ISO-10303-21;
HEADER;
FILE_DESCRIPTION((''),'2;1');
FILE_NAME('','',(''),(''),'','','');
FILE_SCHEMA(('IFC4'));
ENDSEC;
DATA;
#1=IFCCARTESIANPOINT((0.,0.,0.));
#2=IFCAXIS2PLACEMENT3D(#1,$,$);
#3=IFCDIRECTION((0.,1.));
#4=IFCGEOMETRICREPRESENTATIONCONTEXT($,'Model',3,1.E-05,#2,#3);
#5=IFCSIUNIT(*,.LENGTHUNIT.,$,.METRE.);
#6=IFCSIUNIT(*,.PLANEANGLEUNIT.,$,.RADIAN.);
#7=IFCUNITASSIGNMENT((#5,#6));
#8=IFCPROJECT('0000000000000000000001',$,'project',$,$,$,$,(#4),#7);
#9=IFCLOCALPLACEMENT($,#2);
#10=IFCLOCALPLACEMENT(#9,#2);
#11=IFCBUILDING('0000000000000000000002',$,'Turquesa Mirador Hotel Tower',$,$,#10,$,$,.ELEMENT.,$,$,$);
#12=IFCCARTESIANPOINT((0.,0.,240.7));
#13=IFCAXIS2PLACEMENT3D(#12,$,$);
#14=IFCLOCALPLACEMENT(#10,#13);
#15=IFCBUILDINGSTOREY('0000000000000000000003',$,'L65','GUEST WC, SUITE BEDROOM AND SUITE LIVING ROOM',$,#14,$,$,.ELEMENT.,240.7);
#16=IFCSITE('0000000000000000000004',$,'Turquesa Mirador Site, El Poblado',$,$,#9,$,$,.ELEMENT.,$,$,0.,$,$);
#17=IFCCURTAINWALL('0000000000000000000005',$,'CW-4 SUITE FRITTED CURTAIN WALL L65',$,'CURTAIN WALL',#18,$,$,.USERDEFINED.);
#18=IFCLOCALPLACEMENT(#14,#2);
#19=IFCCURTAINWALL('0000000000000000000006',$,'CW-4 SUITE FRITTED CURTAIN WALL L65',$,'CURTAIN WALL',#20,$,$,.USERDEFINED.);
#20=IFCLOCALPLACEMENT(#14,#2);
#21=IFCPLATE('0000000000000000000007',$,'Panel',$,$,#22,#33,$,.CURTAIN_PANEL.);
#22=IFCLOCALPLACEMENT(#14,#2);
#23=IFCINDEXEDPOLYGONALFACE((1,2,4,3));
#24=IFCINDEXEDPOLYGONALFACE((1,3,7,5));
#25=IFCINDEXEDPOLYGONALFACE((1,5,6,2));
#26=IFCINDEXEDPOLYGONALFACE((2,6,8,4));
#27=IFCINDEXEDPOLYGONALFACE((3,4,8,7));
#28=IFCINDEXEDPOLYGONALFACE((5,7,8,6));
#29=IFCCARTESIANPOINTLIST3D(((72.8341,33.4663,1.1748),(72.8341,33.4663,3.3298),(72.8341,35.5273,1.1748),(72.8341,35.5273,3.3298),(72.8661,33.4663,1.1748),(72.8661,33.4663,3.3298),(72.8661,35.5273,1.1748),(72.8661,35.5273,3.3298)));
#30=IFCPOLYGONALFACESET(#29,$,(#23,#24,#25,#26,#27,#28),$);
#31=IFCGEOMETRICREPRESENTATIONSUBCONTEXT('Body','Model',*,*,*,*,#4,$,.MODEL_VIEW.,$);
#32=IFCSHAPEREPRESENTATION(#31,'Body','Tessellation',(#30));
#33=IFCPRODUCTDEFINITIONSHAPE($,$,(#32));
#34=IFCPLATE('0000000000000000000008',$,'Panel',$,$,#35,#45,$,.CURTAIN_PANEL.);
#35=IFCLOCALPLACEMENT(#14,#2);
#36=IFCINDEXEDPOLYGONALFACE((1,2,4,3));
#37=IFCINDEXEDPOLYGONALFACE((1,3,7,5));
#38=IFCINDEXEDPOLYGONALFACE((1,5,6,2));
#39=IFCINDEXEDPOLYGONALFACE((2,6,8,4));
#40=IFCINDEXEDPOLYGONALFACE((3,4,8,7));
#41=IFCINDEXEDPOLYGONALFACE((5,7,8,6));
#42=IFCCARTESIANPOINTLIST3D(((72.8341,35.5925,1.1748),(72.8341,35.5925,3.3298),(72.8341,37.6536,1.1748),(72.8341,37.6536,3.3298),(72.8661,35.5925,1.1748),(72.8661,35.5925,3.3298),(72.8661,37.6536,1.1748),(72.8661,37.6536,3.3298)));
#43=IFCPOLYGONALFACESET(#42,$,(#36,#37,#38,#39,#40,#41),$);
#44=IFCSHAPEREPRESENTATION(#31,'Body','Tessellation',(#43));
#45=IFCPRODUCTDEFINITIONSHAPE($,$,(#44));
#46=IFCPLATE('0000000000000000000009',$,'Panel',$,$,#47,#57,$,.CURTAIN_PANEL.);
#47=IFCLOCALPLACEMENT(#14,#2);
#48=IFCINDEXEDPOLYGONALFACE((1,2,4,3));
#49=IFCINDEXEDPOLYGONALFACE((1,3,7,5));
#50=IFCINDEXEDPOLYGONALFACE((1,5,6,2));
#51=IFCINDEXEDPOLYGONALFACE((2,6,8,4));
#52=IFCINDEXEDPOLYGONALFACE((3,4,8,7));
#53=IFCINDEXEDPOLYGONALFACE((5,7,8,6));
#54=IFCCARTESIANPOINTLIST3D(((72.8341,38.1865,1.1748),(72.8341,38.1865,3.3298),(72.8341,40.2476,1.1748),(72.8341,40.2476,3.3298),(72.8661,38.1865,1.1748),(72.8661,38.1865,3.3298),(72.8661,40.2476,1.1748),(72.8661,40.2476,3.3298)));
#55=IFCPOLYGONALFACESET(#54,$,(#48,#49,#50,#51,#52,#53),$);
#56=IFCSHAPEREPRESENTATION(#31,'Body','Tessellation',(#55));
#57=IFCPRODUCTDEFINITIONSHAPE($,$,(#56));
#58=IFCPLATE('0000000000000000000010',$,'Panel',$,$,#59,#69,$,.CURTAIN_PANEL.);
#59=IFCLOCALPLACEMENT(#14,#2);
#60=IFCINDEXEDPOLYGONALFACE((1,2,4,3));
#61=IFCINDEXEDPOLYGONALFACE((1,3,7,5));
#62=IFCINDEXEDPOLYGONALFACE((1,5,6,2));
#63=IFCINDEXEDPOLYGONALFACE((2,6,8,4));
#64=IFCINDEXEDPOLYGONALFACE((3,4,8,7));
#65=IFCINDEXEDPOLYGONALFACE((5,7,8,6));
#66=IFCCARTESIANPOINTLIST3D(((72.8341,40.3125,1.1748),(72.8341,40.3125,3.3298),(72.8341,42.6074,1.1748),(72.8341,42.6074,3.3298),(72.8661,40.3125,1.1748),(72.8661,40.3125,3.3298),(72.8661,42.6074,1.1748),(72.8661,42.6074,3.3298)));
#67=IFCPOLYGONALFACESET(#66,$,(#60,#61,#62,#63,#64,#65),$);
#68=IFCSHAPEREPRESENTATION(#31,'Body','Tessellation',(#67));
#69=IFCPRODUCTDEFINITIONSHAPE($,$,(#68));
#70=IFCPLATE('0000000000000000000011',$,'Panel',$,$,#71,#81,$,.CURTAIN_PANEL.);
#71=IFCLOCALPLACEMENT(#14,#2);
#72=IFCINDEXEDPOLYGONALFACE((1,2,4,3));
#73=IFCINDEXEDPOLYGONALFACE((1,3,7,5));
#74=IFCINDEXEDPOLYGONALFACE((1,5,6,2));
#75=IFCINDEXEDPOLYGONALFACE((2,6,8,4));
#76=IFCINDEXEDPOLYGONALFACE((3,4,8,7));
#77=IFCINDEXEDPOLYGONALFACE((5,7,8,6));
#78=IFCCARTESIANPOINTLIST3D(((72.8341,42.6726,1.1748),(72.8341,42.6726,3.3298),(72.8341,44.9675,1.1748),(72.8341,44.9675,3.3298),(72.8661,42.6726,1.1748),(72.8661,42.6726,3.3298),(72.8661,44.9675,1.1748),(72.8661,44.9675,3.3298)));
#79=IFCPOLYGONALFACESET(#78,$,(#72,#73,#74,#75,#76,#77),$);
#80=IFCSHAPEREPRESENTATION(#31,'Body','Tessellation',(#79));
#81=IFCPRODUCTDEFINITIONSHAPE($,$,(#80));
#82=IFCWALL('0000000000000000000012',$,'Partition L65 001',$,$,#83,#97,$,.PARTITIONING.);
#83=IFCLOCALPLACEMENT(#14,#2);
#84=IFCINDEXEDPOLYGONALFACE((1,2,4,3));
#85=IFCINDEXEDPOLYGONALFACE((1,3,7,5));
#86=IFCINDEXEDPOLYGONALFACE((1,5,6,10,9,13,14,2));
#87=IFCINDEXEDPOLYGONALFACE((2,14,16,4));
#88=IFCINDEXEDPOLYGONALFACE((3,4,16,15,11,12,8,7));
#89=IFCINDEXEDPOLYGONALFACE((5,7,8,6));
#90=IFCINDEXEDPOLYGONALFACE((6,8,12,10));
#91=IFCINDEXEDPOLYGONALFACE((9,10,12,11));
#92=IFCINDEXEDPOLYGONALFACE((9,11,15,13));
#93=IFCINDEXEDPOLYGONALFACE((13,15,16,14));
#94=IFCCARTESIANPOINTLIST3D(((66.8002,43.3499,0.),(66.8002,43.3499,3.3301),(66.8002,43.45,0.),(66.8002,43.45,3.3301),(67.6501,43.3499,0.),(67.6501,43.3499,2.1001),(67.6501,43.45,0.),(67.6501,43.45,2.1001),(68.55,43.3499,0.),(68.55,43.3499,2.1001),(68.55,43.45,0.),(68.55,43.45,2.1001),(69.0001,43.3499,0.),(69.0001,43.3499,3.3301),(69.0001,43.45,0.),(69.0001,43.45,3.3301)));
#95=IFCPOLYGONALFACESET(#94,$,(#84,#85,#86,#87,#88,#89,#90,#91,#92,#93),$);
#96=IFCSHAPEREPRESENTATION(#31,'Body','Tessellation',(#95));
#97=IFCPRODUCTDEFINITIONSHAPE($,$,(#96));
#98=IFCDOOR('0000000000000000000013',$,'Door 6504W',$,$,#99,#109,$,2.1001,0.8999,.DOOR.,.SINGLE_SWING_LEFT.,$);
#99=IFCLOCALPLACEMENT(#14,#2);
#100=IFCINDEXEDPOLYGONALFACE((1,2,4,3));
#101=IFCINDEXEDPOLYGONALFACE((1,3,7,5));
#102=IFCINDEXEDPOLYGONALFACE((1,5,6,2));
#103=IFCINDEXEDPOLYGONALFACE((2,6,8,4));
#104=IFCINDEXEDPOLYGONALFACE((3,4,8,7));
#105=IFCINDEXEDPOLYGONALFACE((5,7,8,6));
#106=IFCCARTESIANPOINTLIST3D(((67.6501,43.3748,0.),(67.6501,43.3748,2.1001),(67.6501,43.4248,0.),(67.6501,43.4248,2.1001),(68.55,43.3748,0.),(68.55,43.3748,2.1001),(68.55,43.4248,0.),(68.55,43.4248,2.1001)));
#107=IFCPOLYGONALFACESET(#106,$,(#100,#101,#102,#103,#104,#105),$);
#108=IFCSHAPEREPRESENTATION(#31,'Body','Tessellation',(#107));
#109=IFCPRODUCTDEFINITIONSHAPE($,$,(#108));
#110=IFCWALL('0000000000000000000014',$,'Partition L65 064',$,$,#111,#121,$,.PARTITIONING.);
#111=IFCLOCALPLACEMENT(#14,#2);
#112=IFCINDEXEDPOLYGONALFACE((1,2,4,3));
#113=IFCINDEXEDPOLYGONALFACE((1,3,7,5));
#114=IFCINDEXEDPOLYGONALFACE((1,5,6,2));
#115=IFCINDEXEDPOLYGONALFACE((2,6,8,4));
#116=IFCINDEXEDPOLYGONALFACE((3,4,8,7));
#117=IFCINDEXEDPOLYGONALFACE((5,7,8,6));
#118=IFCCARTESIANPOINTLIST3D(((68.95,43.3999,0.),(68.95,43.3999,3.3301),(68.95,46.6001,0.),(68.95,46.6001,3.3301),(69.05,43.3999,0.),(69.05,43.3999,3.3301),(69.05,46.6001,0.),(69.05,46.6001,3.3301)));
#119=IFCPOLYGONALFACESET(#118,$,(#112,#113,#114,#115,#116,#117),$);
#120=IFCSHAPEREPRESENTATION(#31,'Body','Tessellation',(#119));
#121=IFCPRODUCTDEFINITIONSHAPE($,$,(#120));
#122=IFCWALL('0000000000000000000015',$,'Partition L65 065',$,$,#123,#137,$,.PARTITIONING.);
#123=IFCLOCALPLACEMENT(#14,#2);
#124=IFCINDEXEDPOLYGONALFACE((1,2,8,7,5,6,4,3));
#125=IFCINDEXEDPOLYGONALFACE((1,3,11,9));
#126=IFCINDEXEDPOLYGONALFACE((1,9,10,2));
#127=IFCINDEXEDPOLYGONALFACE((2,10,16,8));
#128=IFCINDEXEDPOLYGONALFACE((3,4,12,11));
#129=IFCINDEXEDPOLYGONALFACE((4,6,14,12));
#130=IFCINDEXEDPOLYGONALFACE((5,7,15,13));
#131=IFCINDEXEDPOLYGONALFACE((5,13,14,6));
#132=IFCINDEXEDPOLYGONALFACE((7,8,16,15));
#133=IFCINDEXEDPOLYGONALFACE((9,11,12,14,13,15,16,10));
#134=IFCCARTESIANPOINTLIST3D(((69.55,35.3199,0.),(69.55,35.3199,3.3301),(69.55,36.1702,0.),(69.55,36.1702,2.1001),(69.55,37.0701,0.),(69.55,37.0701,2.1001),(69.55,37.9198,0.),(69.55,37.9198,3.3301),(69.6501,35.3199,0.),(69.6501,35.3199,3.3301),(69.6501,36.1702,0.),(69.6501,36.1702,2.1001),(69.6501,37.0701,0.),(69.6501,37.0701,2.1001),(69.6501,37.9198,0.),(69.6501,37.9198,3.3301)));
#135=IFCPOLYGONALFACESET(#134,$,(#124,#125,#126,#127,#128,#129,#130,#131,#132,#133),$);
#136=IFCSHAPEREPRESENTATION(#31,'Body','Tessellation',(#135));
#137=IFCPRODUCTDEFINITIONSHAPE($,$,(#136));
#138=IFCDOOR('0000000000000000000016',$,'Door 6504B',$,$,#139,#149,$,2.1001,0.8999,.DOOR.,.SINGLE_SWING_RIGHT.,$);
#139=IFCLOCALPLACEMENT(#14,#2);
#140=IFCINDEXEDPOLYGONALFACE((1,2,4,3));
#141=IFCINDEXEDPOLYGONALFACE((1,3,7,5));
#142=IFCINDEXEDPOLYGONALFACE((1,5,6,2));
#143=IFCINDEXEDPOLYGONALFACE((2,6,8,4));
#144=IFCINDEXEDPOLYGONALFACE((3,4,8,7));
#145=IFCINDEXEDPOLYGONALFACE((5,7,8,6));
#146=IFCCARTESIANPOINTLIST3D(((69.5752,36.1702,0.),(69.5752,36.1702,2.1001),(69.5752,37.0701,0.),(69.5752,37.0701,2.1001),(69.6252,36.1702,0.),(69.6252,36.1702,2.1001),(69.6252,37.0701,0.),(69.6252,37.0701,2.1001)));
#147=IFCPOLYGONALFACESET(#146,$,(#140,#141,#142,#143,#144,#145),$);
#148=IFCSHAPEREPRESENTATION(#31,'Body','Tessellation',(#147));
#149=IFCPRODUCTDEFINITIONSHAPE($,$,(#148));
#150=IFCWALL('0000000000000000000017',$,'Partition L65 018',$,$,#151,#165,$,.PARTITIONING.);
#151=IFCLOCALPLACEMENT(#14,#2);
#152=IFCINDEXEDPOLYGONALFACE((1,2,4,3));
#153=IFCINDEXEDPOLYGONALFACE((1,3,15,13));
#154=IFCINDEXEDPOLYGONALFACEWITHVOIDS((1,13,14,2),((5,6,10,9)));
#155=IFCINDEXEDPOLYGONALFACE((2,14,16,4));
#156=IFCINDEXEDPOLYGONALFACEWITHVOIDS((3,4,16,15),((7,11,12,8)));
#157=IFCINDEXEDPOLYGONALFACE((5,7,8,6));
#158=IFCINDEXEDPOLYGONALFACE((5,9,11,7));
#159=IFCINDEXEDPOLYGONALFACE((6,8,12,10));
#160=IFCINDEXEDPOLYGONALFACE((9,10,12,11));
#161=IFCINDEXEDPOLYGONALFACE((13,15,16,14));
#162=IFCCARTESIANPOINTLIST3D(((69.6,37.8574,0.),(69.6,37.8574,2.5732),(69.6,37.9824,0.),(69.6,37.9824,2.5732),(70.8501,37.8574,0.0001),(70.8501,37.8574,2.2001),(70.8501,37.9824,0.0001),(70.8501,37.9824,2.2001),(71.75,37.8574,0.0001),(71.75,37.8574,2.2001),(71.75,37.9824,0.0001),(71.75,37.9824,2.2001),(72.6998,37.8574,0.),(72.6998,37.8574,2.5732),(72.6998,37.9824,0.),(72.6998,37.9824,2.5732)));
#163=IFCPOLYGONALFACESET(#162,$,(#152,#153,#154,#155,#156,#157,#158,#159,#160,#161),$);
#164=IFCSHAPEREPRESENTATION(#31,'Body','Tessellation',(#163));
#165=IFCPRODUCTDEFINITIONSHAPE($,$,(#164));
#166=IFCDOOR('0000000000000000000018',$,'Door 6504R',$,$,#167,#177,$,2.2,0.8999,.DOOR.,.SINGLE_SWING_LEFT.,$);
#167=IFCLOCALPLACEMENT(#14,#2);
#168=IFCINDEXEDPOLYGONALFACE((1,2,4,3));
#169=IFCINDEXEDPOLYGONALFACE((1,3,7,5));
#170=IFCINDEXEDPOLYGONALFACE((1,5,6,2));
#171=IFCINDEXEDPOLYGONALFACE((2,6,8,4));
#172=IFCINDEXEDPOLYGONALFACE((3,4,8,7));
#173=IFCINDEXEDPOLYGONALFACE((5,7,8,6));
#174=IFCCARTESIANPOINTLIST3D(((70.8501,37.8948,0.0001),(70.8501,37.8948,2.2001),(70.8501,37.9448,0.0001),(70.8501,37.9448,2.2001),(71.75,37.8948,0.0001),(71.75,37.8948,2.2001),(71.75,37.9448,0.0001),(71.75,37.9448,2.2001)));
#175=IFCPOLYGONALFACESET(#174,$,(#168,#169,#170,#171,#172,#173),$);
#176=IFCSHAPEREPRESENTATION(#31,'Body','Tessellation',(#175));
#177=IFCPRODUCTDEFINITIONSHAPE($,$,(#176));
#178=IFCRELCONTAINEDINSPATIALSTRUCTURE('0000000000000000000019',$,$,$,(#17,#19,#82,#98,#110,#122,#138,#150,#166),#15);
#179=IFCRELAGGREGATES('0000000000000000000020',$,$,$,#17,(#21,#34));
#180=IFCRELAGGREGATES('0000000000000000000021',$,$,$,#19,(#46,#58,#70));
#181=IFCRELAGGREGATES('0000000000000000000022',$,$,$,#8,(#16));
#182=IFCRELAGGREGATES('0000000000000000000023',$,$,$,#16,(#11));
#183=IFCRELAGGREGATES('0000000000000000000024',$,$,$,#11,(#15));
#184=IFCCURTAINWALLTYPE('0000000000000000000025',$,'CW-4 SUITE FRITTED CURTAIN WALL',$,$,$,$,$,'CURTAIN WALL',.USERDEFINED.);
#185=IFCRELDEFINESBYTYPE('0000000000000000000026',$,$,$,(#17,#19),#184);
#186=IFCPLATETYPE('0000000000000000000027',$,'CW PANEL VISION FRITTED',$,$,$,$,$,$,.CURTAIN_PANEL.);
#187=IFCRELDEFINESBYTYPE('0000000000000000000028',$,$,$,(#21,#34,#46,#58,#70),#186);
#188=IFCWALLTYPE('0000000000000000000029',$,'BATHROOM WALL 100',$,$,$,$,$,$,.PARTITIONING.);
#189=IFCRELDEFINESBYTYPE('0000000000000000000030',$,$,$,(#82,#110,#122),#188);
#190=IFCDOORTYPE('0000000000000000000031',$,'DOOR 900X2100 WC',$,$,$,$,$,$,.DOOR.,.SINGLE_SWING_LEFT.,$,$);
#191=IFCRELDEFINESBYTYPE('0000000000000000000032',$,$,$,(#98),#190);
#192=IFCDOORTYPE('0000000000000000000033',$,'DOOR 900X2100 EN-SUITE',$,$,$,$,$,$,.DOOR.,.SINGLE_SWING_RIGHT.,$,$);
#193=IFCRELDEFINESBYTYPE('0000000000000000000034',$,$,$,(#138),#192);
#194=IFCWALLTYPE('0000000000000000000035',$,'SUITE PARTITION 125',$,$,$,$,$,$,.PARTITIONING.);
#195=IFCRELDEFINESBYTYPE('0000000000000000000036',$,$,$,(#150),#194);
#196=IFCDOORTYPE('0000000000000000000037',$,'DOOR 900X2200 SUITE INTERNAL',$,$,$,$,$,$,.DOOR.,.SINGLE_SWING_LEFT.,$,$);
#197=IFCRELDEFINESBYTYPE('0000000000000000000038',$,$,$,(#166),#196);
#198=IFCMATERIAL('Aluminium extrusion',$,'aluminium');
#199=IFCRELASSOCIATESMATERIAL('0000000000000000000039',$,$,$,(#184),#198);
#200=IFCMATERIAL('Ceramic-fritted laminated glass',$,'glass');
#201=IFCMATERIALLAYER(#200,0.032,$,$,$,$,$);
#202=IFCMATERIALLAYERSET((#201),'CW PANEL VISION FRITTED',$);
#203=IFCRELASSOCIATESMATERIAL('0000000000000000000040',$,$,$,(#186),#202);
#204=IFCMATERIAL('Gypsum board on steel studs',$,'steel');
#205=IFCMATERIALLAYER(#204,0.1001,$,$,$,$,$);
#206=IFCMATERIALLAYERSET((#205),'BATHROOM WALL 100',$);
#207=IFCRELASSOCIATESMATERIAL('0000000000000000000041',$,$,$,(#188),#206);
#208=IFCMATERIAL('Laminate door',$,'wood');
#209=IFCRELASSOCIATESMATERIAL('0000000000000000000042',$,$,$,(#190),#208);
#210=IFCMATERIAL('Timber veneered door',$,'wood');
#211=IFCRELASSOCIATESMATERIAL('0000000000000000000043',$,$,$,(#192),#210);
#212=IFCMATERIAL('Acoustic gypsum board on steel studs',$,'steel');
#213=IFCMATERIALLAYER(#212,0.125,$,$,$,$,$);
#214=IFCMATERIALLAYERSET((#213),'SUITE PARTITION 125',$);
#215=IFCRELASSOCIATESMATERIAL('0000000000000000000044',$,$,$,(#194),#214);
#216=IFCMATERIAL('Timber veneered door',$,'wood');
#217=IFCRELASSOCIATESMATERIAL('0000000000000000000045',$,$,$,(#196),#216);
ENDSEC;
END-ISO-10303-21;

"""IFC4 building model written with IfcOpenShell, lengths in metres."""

from ifc_helpers import new_model, si_unit, direction, frame, frame_2d, origin, origin_2d, place, context, subcontext, project, spatial, rectangle, extrude, material, layer, layer_set, type_object, element, fill, aggregate, save


model = new_model("IFC4")

# Units and contexts
model_context = context("Model", 3, precision=1e-05, world=origin(), true_north=direction((0.0, 1.0)))
body_context = subcontext(model_context, "Body", "Model", "MODEL_VIEW")
ifc_project = project(units=[si_unit("LENGTHUNIT", "METRE"), si_unit("PLANEANGLEUNIT", "RADIAN")], contexts=[model_context])

# Site, building, storey
site_placement = place(None, origin())
site = spatial("IfcSite", under=ifc_project, at=site_placement, Name="Turquesa Mirador Site, El Poblado", CompositionType="ELEMENT", RefElevation=0.0)
building_placement = place(site_placement, origin())
building = spatial("IfcBuilding", under=site, at=building_placement, Name="Turquesa Mirador Hotel Tower", CompositionType="ELEMENT")
storey_placement = place(building_placement, frame((0.0, 0.0, 240.7)))
storey = spatial("IfcBuildingStorey", under=building, at=storey_placement, Name="L65", Description="GUEST WC, SUITE BEDROOM AND SUITE LIVING ROOM", CompositionType="ELEMENT", Elevation=240.7)

# Curtain walls
ifc_material_1 = material(Name="Aluminium extrusion", Category="aluminium")
curtain_wall_type = type_object("IfcCurtainWallType", Name="CW-4 SUITE FRITTED CURTAIN WALL", ElementType="CURTAIN WALL", PredefinedType="USERDEFINED", material=ifc_material_1)
curtain_wall_1_placement = place(storey_placement, origin())
curtain_wall_1 = element("IfcCurtainWall", 1, at=curtain_wall_1_placement, inside=storey, type_object=curtain_wall_type, Name="CW-4 SUITE FRITTED CURTAIN WALL L65", ObjectType="CURTAIN WALL", PredefinedType="USERDEFINED")
curtain_wall_2_placement = place(storey_placement, origin())
curtain_wall_2 = element("IfcCurtainWall", 2, at=curtain_wall_2_placement, inside=storey, type_object=curtain_wall_type, Name="CW-4 SUITE FRITTED CURTAIN WALL L65", ObjectType="CURTAIN WALL", PredefinedType="USERDEFINED")

# Plates
ifc_material_2 = material(Name="Ceramic-fritted laminated glass", Category="glass")
ifc_layer_1 = layer(ifc_material_2, 0.032)
ifc_layer_set_1 = layer_set([ifc_layer_1], Name="CW PANEL VISION FRITTED")
plate_type_1 = type_object("IfcPlateType", Name="CW PANEL VISION FRITTED", PredefinedType="CURTAIN_PANEL", material=ifc_layer_set_1)
plate_1_placement = place(storey_placement, frame((72.8501, 34.4968, 1.1748), z_axis=(0.0, 0.0, 1.0), x_axis=(0.0, 1.0, 0.0)))
plate_1 = element("IfcPlate", 3, at=plate_1_placement, type_object=plate_type_1, Name="Panel", PredefinedType="CURTAIN_PANEL", context=body_context, shape_type="SweptSolid", body=[
    extrude(rectangle(XDim=2.061, YDim=0.032, at=origin_2d()), origin(), (0.0, 0.0, 1.0), 2.155),
])
plate_2_placement = place(storey_placement, frame((72.8501, 36.623, 1.1748), z_axis=(0.0, 0.0, 1.0), x_axis=(0.0, 1.0, 0.0)))
plate_2 = element("IfcPlate", 4, at=plate_2_placement, type_object=plate_type_1, Name="Panel", PredefinedType="CURTAIN_PANEL", context=body_context, shape_type="SweptSolid", body=[
    extrude(rectangle(XDim=2.061, YDim=0.032, at=origin_2d()), origin(), (0.0, 0.0, 1.0), 2.155),
])
aggregate(curtain_wall_1, [plate_1, plate_2])
plate_3_placement = place(storey_placement, frame((72.8501, 39.217, 1.1748), z_axis=(0.0, 0.0, 1.0), x_axis=(0.0, 1.0, 0.0)))
plate_3 = element("IfcPlate", 5, at=plate_3_placement, type_object=plate_type_1, Name="Panel", PredefinedType="CURTAIN_PANEL", context=body_context, shape_type="SweptSolid", body=[
    extrude(rectangle(XDim=2.061, YDim=0.032, at=origin_2d()), origin(), (0.0, 0.0, 1.0), 2.155),
])
plate_4_placement = place(storey_placement, frame((72.8501, 41.46, 1.1748), z_axis=(0.0, 0.0, 1.0), x_axis=(0.0, 1.0, 0.0)))
plate_4 = element("IfcPlate", 6, at=plate_4_placement, type_object=plate_type_1, Name="Panel", PredefinedType="CURTAIN_PANEL", context=body_context, shape_type="SweptSolid", body=[
    extrude(rectangle(XDim=2.2949, YDim=0.032, at=origin_2d()), origin(), (0.0, 0.0, 1.0), 2.155),
])
plate_5_placement = place(storey_placement, frame((72.8501, 43.8201, 1.1748), z_axis=(0.0, 0.0, 1.0), x_axis=(0.0, 1.0, 0.0)))
plate_5 = element("IfcPlate", 7, at=plate_5_placement, type_object=plate_type_1, Name="Panel", PredefinedType="CURTAIN_PANEL", context=body_context, shape_type="SweptSolid", body=[
    extrude(rectangle(XDim=2.2949, YDim=0.032, at=origin_2d()), origin(), (0.0, 0.0, 1.0), 2.155),
])
aggregate(curtain_wall_2, [plate_3, plate_4, plate_5])

# Wall, opening, door
ifc_material_3 = material(Name="Gypsum board on steel studs", Category="steel")
ifc_layer_2 = layer(ifc_material_3, 0.1001)
ifc_layer_set_2 = layer_set([ifc_layer_2], Name="BATHROOM WALL 100")
wall_type_1 = type_object("IfcWallType", Name="BATHROOM WALL 100", PredefinedType="PARTITIONING", material=ifc_layer_set_2)
wall_1_placement = place(storey_placement, frame((66.8, 43.3999, 0.0), z_axis=(0.0, 0.0, 1.0), x_axis=(1.0, 0.0, 0.0)))
wall_1 = element("IfcWall", 8, at=wall_1_placement, inside=storey, type_object=wall_type_1, Name="Partition L65 001", PredefinedType="PARTITIONING", context=body_context, shape_type="SweptSolid", body=[
    extrude(rectangle(XDim=2.2, YDim=0.1001, at=frame_2d((1.1001, 0.0))), origin(), (0.0, 0.0, 1.0), 3.3301),
])
opening_1_placement = place(wall_1_placement, frame((0.8501, 0.0, 0.0)))
opening_1 = element("IfcOpeningElement", 9, at=opening_1_placement, cuts=wall_1, PredefinedType="OPENING", context=body_context, shape_type="SweptSolid", body=[
    extrude(rectangle(XDim=0.8999, YDim=2.1001, at=frame_2d((0.45, 1.05))), frame((0.0, 0.0601, 0.0), z_axis=(0.0, -1.0, 0.0), x_axis=(1.0, 0.0, 0.0)), (0.0, 0.0, 1.0), 0.1201),
])
ifc_material_4 = material(Name="Laminate door", Category="wood")
door_type_1 = type_object("IfcDoorType", Name="DOOR 900X2100 WC", OperationType="SINGLE_SWING_LEFT", PredefinedType="DOOR", material=ifc_material_4)
door_1_placement = place(opening_1_placement, origin())
door_1 = element("IfcDoor", 10, at=door_1_placement, inside=storey, type_object=door_type_1, Name="Door 6504W", OperationType="SINGLE_SWING_LEFT", OverallHeight=2.1001, OverallWidth=0.8999, PredefinedType="DOOR", context=body_context, shape_type="SweptSolid", body=[
    extrude(rectangle(XDim=0.8999, YDim=2.1001, at=frame_2d((0.45, 1.05))), frame((0.0, 0.0249, 0.0), z_axis=(0.0, -1.0, 0.0), x_axis=(1.0, 0.0, 0.0)), (0.0, 0.0, 1.0), 0.05),
])
fill(opening_1, door_1)

# Wall
wall_2_placement = place(storey_placement, frame((69.0, 43.3999, 0.0), z_axis=(0.0, 0.0, 1.0), x_axis=(0.0, 1.0, 0.0)))
element("IfcWall", 11, at=wall_2_placement, inside=storey, type_object=wall_type_1, Name="Partition L65 064", PredefinedType="PARTITIONING", context=body_context, shape_type="SweptSolid", body=[
    extrude(rectangle(XDim=3.2002, YDim=0.1001, at=frame_2d((1.6001, 0.0))), origin(), (0.0, 0.0, 1.0), 3.3301),
])

# Walls, openings, doors
wall_3_placement = place(storey_placement, frame((69.6001, 35.3201, 0.0), z_axis=(0.0, 0.0, 1.0), x_axis=(0.0, 1.0, 0.0)))
wall_3 = element("IfcWall", 12, at=wall_3_placement, inside=storey, type_object=wall_type_1, Name="Partition L65 065", PredefinedType="PARTITIONING", context=body_context, shape_type="SweptSolid", body=[
    extrude(rectangle(XDim=2.5999, YDim=0.1001, at=frame_2d((1.2998, 0.0))), origin(), (0.0, 0.0, 1.0), 3.3301),
])
opening_2_placement = place(wall_3_placement, frame((0.8501, 0.0, 0.0)))
opening_2 = element("IfcOpeningElement", 13, at=opening_2_placement, cuts=wall_3, PredefinedType="OPENING", context=body_context, shape_type="SweptSolid", body=[
    extrude(rectangle(XDim=0.8999, YDim=2.1001, at=frame_2d((0.45, 1.05))), frame((0.0, 0.0601, 0.0), z_axis=(0.0, -1.0, 0.0), x_axis=(1.0, 0.0, 0.0)), (0.0, 0.0, 1.0), 0.1201),
])
ifc_material_5 = material(Name="Timber veneered door", Category="wood")
door_type_2 = type_object("IfcDoorType", Name="DOOR 900X2100 EN-SUITE", OperationType="SINGLE_SWING_RIGHT", PredefinedType="DOOR", material=ifc_material_5)
door_2_placement = place(opening_2_placement, origin())
door_2 = element("IfcDoor", 14, at=door_2_placement, inside=storey, type_object=door_type_2, Name="Door 6504B", OperationType="SINGLE_SWING_RIGHT", OverallHeight=2.1001, OverallWidth=0.8999, PredefinedType="DOOR", context=body_context, shape_type="SweptSolid", body=[
    extrude(rectangle(XDim=0.8999, YDim=2.1001, at=frame_2d((0.45, 1.05))), frame((0.0, 0.0249, 0.0), z_axis=(0.0, -1.0, 0.0), x_axis=(1.0, 0.0, 0.0)), (0.0, 0.0, 1.0), 0.05),
])
fill(opening_2, door_2)
ifc_material_6 = material(Name="Acoustic gypsum board on steel studs", Category="steel")
ifc_layer_3 = layer(ifc_material_6, 0.125)
ifc_layer_set_3 = layer_set([ifc_layer_3], Name="SUITE PARTITION 125")
wall_type_2 = type_object("IfcWallType", Name="SUITE PARTITION 125", PredefinedType="PARTITIONING", material=ifc_layer_set_3)
wall_4_placement = place(storey_placement, frame((69.6001, 37.9199, 0.0), z_axis=(0.0, 0.0, 1.0), x_axis=(1.0, 0.0, 0.0)))
wall_4 = element("IfcWall", 15, at=wall_4_placement, inside=storey, type_object=wall_type_2, Name="Partition L65 018", PredefinedType="PARTITIONING", context=body_context, shape_type="SweptSolid", body=[
    extrude(rectangle(XDim=3.0999, YDim=0.125, at=frame_2d((1.5498, 0.0))), origin(), (0.0, 0.0, 1.0), 2.5732),
])
opening_3_placement = place(wall_4_placement, frame((1.25, 0.0, 0.0)))
opening_3 = element("IfcOpeningElement", 16, at=opening_3_placement, cuts=wall_4, PredefinedType="OPENING", context=body_context, shape_type="SweptSolid", body=[
    extrude(rectangle(XDim=0.8999, YDim=2.2, at=frame_2d((0.45, 1.1001))), frame((0.0, 0.0725, 0.0), z_axis=(0.0, -1.0, 0.0), x_axis=(1.0, 0.0, 0.0)), (0.0, 0.0, 1.0), 0.145),
])
ifc_material_7 = material(Name="Timber veneered door", Category="wood")
door_type_3 = type_object("IfcDoorType", Name="DOOR 900X2200 SUITE INTERNAL", OperationType="SINGLE_SWING_LEFT", PredefinedType="DOOR", material=ifc_material_7)
door_3_placement = place(opening_3_placement, origin())
door_3 = element("IfcDoor", 17, at=door_3_placement, inside=storey, type_object=door_type_3, Name="Door 6504R", OperationType="SINGLE_SWING_LEFT", OverallHeight=2.2, OverallWidth=0.8999, PredefinedType="DOOR", context=body_context, shape_type="SweptSolid", body=[
    extrude(rectangle(XDim=0.8999, YDim=2.2, at=frame_2d((0.45, 1.1001))), frame((0.0, 0.0249, 0.0), z_axis=(0.0, -1.0, 0.0), x_axis=(1.0, 0.0, 0.0)), (0.0, 0.0, 1.0), 0.05),
])
fill(opening_3, door_3)

save(model, "model.ifc")
